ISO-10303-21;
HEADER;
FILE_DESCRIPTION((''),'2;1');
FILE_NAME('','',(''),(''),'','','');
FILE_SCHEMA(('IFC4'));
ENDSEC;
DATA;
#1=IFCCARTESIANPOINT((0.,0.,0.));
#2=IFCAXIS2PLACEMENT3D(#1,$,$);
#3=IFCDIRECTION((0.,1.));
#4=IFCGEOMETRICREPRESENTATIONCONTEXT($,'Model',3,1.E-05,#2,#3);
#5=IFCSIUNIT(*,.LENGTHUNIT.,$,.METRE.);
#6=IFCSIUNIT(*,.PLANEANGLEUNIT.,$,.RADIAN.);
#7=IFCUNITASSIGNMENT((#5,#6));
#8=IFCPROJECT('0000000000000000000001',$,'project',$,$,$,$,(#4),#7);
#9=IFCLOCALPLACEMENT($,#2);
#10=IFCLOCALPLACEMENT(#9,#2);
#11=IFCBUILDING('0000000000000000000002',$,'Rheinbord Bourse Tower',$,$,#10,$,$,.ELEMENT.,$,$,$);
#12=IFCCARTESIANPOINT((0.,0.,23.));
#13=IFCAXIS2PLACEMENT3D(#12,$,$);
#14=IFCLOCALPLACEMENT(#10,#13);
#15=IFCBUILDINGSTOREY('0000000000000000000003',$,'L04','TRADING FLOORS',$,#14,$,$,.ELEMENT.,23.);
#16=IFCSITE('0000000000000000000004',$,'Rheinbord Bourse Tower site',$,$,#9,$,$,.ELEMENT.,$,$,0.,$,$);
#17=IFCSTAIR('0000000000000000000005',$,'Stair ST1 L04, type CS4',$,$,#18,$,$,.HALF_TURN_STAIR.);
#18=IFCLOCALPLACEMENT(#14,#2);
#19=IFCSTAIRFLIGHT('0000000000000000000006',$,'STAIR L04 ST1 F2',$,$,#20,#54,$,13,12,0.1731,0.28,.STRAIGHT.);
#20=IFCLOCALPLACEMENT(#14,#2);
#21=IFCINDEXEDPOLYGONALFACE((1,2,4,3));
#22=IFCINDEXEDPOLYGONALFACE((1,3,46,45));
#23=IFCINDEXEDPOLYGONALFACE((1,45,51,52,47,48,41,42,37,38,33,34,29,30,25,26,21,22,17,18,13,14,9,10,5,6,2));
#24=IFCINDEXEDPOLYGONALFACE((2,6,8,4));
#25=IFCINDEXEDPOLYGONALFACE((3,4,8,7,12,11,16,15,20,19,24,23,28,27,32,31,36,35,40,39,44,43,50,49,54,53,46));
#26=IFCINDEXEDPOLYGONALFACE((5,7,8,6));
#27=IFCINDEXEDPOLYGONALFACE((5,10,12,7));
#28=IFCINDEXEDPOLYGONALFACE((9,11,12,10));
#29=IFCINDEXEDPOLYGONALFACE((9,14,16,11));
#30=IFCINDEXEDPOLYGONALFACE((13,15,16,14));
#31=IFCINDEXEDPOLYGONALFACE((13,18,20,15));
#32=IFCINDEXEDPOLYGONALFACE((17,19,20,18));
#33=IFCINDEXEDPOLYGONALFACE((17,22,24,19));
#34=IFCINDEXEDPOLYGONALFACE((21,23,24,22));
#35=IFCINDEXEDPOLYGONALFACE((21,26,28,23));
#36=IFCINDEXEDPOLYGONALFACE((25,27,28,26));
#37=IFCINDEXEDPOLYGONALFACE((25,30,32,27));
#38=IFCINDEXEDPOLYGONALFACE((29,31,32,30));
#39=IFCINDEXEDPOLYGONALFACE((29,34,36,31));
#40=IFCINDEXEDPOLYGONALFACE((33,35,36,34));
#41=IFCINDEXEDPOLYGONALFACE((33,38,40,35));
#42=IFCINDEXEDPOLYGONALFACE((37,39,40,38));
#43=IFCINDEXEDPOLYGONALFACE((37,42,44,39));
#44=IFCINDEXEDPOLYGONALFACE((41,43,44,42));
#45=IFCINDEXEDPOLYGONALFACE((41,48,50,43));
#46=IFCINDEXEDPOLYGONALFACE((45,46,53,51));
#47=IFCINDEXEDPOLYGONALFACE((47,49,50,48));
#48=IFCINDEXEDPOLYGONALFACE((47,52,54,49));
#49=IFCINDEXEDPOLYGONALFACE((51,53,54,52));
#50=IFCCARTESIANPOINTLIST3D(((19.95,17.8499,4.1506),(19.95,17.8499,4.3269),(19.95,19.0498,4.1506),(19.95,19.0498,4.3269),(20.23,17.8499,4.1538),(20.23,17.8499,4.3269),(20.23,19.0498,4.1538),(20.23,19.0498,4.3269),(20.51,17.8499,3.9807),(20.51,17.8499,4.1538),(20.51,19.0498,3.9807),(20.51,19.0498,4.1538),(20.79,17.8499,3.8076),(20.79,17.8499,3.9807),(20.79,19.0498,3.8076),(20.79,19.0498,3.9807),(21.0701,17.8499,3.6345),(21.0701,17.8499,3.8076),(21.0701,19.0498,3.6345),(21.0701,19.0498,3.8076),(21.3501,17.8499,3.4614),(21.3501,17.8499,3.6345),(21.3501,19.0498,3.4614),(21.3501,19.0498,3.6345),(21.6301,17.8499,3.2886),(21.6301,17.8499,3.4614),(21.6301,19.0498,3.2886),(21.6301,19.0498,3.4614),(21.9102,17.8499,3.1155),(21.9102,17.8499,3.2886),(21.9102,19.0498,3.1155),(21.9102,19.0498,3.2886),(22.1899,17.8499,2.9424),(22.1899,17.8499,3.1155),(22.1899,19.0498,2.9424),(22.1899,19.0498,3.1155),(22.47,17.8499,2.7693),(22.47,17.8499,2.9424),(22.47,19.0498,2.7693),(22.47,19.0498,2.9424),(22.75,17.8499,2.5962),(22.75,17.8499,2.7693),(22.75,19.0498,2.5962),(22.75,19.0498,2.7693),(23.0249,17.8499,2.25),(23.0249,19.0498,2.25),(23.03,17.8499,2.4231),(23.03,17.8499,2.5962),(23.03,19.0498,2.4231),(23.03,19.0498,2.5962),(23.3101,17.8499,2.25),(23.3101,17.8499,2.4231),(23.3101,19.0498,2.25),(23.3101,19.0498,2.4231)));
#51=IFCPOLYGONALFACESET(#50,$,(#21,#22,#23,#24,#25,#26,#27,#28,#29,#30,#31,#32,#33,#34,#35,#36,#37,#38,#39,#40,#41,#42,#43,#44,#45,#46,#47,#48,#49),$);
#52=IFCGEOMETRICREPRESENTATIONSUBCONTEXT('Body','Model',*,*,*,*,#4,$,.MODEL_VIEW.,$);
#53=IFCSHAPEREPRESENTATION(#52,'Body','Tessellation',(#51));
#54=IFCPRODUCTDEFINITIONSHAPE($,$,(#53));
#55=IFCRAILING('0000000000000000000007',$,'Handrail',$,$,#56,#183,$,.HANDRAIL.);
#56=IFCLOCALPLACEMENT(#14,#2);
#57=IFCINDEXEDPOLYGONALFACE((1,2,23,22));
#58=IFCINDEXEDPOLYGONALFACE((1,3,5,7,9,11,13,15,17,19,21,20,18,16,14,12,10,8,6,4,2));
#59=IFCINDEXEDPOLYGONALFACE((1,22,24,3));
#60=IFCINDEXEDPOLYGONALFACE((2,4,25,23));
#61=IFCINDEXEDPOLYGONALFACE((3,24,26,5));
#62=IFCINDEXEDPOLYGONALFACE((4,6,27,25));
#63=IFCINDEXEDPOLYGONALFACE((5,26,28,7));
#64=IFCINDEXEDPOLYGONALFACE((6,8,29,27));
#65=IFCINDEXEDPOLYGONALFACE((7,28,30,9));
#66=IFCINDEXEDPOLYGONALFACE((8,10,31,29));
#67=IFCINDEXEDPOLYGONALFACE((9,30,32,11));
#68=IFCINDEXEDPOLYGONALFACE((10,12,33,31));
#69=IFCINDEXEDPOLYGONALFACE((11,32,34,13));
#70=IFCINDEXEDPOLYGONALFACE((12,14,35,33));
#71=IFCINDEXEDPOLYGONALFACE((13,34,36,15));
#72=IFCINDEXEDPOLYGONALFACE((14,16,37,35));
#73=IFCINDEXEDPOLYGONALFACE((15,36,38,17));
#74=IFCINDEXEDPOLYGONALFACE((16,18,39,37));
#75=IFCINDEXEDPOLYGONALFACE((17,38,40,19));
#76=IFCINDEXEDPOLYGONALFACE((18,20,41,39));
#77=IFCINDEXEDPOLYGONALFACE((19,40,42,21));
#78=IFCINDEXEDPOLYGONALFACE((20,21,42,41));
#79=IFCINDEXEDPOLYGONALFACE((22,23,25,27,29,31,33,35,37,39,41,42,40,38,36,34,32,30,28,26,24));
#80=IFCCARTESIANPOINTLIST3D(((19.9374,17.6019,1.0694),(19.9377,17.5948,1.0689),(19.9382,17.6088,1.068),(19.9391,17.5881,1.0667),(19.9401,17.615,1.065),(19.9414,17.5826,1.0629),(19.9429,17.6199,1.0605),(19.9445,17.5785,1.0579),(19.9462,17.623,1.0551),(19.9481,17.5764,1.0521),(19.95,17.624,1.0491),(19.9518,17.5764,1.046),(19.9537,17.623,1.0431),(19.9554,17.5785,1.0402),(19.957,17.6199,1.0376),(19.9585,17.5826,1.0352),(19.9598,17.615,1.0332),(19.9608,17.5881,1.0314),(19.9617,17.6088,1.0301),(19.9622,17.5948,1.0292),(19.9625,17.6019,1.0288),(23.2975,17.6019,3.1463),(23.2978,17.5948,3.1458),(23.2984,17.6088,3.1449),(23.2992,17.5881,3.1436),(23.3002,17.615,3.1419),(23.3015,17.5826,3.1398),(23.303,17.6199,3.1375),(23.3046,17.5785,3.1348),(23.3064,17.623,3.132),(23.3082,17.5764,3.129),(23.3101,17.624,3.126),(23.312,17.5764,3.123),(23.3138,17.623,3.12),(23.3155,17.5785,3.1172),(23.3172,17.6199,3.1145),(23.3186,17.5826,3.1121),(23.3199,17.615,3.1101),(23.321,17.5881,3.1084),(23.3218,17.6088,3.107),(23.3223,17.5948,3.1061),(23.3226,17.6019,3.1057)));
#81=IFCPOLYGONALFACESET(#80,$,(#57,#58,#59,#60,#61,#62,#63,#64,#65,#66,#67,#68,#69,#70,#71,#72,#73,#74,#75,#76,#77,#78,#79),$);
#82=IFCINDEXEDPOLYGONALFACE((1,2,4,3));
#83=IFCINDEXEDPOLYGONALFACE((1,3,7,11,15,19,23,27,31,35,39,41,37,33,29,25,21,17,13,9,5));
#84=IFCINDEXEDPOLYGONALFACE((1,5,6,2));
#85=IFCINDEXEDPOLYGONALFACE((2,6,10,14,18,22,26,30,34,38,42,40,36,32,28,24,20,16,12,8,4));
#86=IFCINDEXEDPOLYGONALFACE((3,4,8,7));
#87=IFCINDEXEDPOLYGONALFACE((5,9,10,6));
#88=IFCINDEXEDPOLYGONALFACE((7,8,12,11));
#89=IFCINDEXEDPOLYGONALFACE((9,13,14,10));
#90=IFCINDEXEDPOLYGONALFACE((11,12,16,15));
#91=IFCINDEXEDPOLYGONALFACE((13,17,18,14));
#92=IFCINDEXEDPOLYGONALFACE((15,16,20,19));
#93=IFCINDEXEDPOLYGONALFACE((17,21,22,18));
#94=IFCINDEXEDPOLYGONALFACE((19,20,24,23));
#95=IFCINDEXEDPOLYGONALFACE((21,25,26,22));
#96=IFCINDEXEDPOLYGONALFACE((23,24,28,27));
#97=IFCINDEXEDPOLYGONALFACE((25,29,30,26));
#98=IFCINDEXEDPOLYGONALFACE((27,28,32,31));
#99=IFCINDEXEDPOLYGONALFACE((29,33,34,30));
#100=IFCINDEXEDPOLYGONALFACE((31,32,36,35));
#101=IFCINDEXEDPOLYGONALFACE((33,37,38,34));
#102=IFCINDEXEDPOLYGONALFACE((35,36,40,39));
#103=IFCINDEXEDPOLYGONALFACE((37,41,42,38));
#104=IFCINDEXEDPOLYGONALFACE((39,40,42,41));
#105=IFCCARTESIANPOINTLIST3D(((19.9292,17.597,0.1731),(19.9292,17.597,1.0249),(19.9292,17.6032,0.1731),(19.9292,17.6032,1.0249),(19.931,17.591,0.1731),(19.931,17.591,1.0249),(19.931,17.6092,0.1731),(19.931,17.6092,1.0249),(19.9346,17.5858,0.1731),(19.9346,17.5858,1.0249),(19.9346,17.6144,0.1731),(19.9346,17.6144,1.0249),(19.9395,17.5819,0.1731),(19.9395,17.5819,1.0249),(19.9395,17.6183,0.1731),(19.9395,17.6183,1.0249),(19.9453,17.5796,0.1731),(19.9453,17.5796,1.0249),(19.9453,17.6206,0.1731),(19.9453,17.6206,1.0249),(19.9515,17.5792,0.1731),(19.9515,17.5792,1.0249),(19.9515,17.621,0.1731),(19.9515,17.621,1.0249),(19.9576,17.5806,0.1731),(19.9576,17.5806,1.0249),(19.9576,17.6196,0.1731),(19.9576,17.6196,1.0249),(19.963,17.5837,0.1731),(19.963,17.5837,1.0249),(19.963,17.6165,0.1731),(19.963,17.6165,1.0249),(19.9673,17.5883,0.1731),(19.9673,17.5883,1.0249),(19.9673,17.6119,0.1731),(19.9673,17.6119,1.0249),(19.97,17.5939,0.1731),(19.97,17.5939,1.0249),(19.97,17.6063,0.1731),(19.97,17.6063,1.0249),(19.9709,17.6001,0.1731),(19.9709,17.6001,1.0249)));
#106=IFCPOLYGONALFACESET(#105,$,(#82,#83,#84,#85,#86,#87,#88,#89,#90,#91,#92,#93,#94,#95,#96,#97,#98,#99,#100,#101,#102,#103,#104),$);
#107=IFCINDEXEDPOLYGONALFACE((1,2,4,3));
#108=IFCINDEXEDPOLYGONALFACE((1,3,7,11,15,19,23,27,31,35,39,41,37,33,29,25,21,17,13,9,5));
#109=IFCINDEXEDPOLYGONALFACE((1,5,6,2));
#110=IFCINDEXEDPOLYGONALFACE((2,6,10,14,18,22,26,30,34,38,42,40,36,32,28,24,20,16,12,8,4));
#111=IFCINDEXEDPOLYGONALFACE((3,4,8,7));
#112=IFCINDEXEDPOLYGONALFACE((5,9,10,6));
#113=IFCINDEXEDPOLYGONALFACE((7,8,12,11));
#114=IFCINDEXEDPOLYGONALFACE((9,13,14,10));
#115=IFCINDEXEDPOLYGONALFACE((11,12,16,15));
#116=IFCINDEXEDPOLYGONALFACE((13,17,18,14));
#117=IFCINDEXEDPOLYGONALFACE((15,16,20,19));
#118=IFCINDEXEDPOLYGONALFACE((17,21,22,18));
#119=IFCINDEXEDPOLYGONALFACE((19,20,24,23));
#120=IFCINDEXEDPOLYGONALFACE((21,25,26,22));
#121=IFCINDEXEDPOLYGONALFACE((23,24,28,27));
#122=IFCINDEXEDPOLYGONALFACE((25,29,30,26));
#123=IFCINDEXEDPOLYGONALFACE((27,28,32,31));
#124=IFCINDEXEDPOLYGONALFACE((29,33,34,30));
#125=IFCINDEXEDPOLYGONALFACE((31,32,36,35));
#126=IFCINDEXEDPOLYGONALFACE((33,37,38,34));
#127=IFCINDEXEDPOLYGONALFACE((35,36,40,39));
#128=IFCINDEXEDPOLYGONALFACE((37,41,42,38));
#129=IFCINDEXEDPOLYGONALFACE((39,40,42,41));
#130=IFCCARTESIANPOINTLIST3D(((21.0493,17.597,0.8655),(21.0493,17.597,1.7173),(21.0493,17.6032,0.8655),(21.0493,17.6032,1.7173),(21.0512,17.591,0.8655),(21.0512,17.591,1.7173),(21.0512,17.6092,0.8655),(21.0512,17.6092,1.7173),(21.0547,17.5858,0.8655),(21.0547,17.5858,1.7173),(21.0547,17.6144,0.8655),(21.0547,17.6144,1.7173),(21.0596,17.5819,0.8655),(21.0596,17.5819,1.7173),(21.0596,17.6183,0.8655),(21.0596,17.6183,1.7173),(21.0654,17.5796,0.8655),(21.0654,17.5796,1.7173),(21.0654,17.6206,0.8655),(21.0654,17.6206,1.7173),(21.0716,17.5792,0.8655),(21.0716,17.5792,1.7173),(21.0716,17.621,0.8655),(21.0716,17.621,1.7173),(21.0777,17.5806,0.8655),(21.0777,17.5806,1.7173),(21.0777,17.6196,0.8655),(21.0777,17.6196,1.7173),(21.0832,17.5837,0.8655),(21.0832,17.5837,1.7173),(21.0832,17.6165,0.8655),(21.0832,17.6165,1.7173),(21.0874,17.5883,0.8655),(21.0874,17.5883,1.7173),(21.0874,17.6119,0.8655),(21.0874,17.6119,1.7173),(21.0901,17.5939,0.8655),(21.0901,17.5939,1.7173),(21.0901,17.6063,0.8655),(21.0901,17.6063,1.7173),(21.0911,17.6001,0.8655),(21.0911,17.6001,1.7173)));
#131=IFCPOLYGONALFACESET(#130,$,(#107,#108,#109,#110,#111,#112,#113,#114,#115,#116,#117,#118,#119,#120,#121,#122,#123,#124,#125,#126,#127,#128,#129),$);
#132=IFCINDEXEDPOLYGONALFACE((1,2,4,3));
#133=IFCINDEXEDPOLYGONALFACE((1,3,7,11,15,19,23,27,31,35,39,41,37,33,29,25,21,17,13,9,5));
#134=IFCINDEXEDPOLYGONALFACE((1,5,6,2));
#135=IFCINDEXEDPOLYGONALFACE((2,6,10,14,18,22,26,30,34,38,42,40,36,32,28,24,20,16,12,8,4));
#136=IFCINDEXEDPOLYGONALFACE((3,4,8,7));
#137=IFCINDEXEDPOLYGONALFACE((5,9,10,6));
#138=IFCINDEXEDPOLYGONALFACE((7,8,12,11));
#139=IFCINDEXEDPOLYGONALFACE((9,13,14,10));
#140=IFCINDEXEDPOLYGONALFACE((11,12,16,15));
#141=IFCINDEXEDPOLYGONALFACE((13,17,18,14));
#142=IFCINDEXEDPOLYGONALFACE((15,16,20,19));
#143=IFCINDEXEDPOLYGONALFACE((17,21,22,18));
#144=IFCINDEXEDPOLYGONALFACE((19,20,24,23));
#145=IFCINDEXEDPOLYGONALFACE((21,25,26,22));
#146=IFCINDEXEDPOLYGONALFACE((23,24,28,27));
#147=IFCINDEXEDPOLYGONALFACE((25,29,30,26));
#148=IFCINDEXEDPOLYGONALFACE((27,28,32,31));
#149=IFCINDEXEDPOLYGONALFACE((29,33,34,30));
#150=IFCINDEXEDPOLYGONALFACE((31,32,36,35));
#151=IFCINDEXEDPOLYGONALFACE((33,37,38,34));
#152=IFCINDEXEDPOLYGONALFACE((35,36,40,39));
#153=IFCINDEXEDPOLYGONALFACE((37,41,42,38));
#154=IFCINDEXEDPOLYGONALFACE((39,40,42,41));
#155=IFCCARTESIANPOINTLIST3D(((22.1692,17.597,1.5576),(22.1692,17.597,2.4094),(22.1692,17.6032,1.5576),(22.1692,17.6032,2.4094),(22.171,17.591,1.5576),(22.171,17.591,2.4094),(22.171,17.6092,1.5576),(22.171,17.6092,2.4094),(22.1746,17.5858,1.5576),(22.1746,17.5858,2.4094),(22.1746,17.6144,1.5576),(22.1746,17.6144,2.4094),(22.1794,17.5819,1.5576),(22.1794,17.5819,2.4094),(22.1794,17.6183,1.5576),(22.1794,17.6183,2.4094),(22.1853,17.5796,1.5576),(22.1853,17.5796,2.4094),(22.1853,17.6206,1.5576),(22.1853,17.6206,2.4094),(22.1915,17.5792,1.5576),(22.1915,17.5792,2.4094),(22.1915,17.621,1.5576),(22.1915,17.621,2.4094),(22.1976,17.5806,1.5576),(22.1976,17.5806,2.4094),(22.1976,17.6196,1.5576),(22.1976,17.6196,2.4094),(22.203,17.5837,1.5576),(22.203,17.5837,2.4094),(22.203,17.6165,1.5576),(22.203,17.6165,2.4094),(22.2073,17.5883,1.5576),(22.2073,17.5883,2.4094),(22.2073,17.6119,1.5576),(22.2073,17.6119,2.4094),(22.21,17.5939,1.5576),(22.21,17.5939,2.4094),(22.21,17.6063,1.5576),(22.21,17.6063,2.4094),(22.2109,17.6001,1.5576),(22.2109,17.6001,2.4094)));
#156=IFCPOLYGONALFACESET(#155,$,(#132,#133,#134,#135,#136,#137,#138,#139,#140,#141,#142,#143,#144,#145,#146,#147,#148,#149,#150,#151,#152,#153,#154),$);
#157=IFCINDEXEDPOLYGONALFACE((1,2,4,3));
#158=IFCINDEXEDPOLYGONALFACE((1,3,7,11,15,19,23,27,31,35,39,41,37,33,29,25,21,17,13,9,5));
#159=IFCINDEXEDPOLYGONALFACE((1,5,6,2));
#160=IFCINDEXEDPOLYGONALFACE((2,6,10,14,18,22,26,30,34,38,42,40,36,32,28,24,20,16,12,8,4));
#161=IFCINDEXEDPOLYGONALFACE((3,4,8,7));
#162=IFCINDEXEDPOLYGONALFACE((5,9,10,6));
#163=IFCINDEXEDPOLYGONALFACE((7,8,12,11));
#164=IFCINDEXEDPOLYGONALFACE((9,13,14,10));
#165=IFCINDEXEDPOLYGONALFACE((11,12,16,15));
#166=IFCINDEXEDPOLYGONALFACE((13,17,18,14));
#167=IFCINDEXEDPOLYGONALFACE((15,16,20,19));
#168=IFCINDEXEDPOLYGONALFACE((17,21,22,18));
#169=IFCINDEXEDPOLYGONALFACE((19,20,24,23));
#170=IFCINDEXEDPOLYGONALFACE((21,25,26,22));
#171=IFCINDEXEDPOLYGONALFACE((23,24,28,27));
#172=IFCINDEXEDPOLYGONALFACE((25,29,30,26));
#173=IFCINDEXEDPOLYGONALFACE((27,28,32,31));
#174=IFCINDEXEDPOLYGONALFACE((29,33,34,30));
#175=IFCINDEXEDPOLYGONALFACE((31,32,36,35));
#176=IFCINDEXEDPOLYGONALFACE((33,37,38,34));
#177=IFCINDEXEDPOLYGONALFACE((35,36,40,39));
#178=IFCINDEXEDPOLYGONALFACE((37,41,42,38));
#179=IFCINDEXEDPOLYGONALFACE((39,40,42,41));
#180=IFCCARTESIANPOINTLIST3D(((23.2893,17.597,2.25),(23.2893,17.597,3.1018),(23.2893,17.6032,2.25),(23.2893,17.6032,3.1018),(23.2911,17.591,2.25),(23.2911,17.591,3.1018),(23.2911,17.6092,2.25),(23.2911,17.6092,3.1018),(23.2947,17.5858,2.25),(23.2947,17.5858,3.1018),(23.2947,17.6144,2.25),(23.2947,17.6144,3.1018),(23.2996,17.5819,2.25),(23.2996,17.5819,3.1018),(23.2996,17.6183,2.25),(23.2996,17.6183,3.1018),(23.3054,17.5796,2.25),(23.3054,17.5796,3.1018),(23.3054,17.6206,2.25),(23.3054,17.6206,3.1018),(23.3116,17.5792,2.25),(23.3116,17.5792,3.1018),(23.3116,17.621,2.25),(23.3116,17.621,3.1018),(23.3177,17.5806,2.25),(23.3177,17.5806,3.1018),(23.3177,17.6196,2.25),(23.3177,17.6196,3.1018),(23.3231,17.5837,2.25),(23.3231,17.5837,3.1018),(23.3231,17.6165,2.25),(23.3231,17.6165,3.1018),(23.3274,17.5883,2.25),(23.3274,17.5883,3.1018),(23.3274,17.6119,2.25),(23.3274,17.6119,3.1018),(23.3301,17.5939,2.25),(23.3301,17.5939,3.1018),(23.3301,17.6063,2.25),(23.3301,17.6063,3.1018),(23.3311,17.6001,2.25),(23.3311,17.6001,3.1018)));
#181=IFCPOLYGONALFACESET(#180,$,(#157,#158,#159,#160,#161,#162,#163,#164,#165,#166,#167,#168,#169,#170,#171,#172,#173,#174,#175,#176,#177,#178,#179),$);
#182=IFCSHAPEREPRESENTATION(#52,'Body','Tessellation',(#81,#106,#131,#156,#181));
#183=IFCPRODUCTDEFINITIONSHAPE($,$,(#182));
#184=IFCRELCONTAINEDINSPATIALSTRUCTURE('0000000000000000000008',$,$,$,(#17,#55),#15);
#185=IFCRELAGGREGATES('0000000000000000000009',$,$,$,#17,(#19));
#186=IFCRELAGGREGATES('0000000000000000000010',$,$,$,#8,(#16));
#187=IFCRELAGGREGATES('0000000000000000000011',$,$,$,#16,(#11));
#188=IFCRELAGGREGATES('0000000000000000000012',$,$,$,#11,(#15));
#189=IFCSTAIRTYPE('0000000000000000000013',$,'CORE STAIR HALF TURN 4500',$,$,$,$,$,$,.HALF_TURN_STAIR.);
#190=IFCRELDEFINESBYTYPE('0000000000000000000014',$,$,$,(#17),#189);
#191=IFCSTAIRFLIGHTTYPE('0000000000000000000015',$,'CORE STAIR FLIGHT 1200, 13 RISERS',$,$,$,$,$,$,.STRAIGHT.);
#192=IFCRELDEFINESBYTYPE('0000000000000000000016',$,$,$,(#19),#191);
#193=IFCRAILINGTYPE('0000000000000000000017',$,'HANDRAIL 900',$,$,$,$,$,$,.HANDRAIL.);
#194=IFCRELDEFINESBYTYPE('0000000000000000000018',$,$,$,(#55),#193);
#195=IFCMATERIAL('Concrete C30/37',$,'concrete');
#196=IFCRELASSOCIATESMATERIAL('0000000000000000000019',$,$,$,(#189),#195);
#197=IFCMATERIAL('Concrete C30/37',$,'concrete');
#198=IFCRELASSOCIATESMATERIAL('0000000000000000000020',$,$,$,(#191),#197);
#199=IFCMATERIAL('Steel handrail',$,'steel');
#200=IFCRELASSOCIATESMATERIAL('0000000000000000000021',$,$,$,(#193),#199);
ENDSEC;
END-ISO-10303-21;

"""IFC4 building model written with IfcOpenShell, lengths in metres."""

from ifc_helpers import new_model, si_unit, direction, frame, origin, origin_2d, place, context, subcontext, project, spatial, polyline, circle, outline, extrude, material, type_object, element, aggregate, save


model = new_model("IFC4")

# Units and contexts
model_context = context("Model", 3, precision=1e-05, world=origin(), true_north=direction((0.0, 1.0)))
body_context = subcontext(model_context, "Body", "Model", "MODEL_VIEW")
ifc_project = project(units=[si_unit("LENGTHUNIT", "METRE"), si_unit("PLANEANGLEUNIT", "RADIAN")], contexts=[model_context])

# Site, building, storey
site_placement = place(None, origin())
site = spatial("IfcSite", under=ifc_project, at=site_placement, Name="Rheinbord Bourse Tower site", CompositionType="ELEMENT", RefElevation=0.0)
building_placement = place(site_placement, origin())
building = spatial("IfcBuilding", under=site, at=building_placement, Name="Rheinbord Bourse Tower", CompositionType="ELEMENT")
storey_placement = place(building_placement, frame((0.0, 0.0, 23.0)))
storey = spatial("IfcBuildingStorey", under=building, at=storey_placement, Name="L04", Description="TRADING FLOORS", CompositionType="ELEMENT", Elevation=23.0)

# Stair, stair flight
ifc_material_1 = material(Name="Concrete C30/37", Category="concrete")
stair_type = type_object("IfcStairType", Name="CORE STAIR HALF TURN 4500", PredefinedType="HALF_TURN_STAIR", material=ifc_material_1)
stair_placement = place(storey_placement, origin())
stair = element("IfcStair", 1, at=stair_placement, inside=storey, type_object=stair_type, Name="Stair ST1 L04, type CS4", PredefinedType="HALF_TURN_STAIR")
ifc_material_2 = material(Name="Concrete C30/37", Category="concrete")
stair_flight_type = type_object("IfcStairFlightType", Name="CORE STAIR FLIGHT 1200, 13 RISERS", PredefinedType="STRAIGHT", material=ifc_material_2)
stair_flight_1_placement = place(storey_placement, frame((23.3101, 18.45, 2.25), z_axis=(0.0, 0.0, 1.0), x_axis=(-1.0, 0.0, 0.0)))
stair_flight_1 = element("IfcStairFlight", 2, at=stair_flight_1_placement, type_object=stair_flight_type, Name="STAIR L04 ST1 F2", NumberOfRisers=13, NumberOfTreads=12, PredefinedType="STRAIGHT", RiserHeight=0.1731, TreadLength=0.28, context=body_context, shape_type="SweptSolid", body=[
    extrude(outline(polyline([(0.0, 0.0), (0.0, 0.1731), (0.28, 0.1731), (0.28, 0.3462), (0.5601, 0.3462), (0.5601, 0.5193), (0.8401, 0.5193), (0.8401, 0.6924), (1.1201, 0.6924), (1.1201, 0.8655), (1.3999, 0.8655), (1.3999, 1.0386), (1.6799, 1.0386), (1.6799, 1.2114), (1.96, 1.2114), (1.96, 1.3845), (2.24, 1.3845), (2.24, 1.5576), (2.52, 1.5576), (2.52, 1.7307), (2.8, 1.7307), (2.8, 1.9038), (3.0801, 1.9038), (3.0801, 2.0769), (3.3601, 2.0769), (3.3601, 2.25), (3.3601, 1.9006), (0.2852, 0.0), (0.0, 0.0)])), frame((0.0, 0.6001, 0.0), z_axis=(0.0, -1.0, 0.0), x_axis=(1.0, 0.0, 0.0)), (0.0, 0.0, 1.0), 1.2),
])
aggregate(stair, [stair_flight_1])

# Railing
ifc_material_3 = material(Name="Steel handrail", Category="steel")
railing_type = type_object("IfcRailingType", Name="HANDRAIL 900", PredefinedType="HANDRAIL", material=ifc_material_3)
railing_1_placement = place(storey_placement, frame((19.95, 17.6001, 0.1731)))
element("IfcRailing", 3, at=railing_1_placement, inside=storey, type_object=railing_type, Name="Handrail", PredefinedType="HANDRAIL", context=body_context, shape_type="SweptSolid", body=[
    extrude(circle(Radius=0.0239, at=origin_2d()), frame((0.0, 0.0, 0.876), z_axis=(0.850623, 0.0, 0.525776), x_axis=(0.0, 1.0, 0.0)), (0.0, 0.0, 1.0), 3.9502),
    extrude(circle(Radius=0.021, at=origin_2d()), origin(), (0.0, 0.0, 1.0), 0.8518),
    extrude(circle(Radius=0.021, at=origin_2d()), frame((1.1201, 0.0, 0.6924)), (0.0, 0.0, 1.0), 0.8518),
    extrude(circle(Radius=0.021, at=origin_2d()), frame((2.24, 0.0, 1.3845)), (0.0, 0.0, 1.0), 0.8518),
    extrude(circle(Radius=0.021, at=origin_2d()), frame((3.3601, 0.0, 2.0769)), (0.0, 0.0, 1.0), 0.8518),
])

save(model, "model.ifc")
